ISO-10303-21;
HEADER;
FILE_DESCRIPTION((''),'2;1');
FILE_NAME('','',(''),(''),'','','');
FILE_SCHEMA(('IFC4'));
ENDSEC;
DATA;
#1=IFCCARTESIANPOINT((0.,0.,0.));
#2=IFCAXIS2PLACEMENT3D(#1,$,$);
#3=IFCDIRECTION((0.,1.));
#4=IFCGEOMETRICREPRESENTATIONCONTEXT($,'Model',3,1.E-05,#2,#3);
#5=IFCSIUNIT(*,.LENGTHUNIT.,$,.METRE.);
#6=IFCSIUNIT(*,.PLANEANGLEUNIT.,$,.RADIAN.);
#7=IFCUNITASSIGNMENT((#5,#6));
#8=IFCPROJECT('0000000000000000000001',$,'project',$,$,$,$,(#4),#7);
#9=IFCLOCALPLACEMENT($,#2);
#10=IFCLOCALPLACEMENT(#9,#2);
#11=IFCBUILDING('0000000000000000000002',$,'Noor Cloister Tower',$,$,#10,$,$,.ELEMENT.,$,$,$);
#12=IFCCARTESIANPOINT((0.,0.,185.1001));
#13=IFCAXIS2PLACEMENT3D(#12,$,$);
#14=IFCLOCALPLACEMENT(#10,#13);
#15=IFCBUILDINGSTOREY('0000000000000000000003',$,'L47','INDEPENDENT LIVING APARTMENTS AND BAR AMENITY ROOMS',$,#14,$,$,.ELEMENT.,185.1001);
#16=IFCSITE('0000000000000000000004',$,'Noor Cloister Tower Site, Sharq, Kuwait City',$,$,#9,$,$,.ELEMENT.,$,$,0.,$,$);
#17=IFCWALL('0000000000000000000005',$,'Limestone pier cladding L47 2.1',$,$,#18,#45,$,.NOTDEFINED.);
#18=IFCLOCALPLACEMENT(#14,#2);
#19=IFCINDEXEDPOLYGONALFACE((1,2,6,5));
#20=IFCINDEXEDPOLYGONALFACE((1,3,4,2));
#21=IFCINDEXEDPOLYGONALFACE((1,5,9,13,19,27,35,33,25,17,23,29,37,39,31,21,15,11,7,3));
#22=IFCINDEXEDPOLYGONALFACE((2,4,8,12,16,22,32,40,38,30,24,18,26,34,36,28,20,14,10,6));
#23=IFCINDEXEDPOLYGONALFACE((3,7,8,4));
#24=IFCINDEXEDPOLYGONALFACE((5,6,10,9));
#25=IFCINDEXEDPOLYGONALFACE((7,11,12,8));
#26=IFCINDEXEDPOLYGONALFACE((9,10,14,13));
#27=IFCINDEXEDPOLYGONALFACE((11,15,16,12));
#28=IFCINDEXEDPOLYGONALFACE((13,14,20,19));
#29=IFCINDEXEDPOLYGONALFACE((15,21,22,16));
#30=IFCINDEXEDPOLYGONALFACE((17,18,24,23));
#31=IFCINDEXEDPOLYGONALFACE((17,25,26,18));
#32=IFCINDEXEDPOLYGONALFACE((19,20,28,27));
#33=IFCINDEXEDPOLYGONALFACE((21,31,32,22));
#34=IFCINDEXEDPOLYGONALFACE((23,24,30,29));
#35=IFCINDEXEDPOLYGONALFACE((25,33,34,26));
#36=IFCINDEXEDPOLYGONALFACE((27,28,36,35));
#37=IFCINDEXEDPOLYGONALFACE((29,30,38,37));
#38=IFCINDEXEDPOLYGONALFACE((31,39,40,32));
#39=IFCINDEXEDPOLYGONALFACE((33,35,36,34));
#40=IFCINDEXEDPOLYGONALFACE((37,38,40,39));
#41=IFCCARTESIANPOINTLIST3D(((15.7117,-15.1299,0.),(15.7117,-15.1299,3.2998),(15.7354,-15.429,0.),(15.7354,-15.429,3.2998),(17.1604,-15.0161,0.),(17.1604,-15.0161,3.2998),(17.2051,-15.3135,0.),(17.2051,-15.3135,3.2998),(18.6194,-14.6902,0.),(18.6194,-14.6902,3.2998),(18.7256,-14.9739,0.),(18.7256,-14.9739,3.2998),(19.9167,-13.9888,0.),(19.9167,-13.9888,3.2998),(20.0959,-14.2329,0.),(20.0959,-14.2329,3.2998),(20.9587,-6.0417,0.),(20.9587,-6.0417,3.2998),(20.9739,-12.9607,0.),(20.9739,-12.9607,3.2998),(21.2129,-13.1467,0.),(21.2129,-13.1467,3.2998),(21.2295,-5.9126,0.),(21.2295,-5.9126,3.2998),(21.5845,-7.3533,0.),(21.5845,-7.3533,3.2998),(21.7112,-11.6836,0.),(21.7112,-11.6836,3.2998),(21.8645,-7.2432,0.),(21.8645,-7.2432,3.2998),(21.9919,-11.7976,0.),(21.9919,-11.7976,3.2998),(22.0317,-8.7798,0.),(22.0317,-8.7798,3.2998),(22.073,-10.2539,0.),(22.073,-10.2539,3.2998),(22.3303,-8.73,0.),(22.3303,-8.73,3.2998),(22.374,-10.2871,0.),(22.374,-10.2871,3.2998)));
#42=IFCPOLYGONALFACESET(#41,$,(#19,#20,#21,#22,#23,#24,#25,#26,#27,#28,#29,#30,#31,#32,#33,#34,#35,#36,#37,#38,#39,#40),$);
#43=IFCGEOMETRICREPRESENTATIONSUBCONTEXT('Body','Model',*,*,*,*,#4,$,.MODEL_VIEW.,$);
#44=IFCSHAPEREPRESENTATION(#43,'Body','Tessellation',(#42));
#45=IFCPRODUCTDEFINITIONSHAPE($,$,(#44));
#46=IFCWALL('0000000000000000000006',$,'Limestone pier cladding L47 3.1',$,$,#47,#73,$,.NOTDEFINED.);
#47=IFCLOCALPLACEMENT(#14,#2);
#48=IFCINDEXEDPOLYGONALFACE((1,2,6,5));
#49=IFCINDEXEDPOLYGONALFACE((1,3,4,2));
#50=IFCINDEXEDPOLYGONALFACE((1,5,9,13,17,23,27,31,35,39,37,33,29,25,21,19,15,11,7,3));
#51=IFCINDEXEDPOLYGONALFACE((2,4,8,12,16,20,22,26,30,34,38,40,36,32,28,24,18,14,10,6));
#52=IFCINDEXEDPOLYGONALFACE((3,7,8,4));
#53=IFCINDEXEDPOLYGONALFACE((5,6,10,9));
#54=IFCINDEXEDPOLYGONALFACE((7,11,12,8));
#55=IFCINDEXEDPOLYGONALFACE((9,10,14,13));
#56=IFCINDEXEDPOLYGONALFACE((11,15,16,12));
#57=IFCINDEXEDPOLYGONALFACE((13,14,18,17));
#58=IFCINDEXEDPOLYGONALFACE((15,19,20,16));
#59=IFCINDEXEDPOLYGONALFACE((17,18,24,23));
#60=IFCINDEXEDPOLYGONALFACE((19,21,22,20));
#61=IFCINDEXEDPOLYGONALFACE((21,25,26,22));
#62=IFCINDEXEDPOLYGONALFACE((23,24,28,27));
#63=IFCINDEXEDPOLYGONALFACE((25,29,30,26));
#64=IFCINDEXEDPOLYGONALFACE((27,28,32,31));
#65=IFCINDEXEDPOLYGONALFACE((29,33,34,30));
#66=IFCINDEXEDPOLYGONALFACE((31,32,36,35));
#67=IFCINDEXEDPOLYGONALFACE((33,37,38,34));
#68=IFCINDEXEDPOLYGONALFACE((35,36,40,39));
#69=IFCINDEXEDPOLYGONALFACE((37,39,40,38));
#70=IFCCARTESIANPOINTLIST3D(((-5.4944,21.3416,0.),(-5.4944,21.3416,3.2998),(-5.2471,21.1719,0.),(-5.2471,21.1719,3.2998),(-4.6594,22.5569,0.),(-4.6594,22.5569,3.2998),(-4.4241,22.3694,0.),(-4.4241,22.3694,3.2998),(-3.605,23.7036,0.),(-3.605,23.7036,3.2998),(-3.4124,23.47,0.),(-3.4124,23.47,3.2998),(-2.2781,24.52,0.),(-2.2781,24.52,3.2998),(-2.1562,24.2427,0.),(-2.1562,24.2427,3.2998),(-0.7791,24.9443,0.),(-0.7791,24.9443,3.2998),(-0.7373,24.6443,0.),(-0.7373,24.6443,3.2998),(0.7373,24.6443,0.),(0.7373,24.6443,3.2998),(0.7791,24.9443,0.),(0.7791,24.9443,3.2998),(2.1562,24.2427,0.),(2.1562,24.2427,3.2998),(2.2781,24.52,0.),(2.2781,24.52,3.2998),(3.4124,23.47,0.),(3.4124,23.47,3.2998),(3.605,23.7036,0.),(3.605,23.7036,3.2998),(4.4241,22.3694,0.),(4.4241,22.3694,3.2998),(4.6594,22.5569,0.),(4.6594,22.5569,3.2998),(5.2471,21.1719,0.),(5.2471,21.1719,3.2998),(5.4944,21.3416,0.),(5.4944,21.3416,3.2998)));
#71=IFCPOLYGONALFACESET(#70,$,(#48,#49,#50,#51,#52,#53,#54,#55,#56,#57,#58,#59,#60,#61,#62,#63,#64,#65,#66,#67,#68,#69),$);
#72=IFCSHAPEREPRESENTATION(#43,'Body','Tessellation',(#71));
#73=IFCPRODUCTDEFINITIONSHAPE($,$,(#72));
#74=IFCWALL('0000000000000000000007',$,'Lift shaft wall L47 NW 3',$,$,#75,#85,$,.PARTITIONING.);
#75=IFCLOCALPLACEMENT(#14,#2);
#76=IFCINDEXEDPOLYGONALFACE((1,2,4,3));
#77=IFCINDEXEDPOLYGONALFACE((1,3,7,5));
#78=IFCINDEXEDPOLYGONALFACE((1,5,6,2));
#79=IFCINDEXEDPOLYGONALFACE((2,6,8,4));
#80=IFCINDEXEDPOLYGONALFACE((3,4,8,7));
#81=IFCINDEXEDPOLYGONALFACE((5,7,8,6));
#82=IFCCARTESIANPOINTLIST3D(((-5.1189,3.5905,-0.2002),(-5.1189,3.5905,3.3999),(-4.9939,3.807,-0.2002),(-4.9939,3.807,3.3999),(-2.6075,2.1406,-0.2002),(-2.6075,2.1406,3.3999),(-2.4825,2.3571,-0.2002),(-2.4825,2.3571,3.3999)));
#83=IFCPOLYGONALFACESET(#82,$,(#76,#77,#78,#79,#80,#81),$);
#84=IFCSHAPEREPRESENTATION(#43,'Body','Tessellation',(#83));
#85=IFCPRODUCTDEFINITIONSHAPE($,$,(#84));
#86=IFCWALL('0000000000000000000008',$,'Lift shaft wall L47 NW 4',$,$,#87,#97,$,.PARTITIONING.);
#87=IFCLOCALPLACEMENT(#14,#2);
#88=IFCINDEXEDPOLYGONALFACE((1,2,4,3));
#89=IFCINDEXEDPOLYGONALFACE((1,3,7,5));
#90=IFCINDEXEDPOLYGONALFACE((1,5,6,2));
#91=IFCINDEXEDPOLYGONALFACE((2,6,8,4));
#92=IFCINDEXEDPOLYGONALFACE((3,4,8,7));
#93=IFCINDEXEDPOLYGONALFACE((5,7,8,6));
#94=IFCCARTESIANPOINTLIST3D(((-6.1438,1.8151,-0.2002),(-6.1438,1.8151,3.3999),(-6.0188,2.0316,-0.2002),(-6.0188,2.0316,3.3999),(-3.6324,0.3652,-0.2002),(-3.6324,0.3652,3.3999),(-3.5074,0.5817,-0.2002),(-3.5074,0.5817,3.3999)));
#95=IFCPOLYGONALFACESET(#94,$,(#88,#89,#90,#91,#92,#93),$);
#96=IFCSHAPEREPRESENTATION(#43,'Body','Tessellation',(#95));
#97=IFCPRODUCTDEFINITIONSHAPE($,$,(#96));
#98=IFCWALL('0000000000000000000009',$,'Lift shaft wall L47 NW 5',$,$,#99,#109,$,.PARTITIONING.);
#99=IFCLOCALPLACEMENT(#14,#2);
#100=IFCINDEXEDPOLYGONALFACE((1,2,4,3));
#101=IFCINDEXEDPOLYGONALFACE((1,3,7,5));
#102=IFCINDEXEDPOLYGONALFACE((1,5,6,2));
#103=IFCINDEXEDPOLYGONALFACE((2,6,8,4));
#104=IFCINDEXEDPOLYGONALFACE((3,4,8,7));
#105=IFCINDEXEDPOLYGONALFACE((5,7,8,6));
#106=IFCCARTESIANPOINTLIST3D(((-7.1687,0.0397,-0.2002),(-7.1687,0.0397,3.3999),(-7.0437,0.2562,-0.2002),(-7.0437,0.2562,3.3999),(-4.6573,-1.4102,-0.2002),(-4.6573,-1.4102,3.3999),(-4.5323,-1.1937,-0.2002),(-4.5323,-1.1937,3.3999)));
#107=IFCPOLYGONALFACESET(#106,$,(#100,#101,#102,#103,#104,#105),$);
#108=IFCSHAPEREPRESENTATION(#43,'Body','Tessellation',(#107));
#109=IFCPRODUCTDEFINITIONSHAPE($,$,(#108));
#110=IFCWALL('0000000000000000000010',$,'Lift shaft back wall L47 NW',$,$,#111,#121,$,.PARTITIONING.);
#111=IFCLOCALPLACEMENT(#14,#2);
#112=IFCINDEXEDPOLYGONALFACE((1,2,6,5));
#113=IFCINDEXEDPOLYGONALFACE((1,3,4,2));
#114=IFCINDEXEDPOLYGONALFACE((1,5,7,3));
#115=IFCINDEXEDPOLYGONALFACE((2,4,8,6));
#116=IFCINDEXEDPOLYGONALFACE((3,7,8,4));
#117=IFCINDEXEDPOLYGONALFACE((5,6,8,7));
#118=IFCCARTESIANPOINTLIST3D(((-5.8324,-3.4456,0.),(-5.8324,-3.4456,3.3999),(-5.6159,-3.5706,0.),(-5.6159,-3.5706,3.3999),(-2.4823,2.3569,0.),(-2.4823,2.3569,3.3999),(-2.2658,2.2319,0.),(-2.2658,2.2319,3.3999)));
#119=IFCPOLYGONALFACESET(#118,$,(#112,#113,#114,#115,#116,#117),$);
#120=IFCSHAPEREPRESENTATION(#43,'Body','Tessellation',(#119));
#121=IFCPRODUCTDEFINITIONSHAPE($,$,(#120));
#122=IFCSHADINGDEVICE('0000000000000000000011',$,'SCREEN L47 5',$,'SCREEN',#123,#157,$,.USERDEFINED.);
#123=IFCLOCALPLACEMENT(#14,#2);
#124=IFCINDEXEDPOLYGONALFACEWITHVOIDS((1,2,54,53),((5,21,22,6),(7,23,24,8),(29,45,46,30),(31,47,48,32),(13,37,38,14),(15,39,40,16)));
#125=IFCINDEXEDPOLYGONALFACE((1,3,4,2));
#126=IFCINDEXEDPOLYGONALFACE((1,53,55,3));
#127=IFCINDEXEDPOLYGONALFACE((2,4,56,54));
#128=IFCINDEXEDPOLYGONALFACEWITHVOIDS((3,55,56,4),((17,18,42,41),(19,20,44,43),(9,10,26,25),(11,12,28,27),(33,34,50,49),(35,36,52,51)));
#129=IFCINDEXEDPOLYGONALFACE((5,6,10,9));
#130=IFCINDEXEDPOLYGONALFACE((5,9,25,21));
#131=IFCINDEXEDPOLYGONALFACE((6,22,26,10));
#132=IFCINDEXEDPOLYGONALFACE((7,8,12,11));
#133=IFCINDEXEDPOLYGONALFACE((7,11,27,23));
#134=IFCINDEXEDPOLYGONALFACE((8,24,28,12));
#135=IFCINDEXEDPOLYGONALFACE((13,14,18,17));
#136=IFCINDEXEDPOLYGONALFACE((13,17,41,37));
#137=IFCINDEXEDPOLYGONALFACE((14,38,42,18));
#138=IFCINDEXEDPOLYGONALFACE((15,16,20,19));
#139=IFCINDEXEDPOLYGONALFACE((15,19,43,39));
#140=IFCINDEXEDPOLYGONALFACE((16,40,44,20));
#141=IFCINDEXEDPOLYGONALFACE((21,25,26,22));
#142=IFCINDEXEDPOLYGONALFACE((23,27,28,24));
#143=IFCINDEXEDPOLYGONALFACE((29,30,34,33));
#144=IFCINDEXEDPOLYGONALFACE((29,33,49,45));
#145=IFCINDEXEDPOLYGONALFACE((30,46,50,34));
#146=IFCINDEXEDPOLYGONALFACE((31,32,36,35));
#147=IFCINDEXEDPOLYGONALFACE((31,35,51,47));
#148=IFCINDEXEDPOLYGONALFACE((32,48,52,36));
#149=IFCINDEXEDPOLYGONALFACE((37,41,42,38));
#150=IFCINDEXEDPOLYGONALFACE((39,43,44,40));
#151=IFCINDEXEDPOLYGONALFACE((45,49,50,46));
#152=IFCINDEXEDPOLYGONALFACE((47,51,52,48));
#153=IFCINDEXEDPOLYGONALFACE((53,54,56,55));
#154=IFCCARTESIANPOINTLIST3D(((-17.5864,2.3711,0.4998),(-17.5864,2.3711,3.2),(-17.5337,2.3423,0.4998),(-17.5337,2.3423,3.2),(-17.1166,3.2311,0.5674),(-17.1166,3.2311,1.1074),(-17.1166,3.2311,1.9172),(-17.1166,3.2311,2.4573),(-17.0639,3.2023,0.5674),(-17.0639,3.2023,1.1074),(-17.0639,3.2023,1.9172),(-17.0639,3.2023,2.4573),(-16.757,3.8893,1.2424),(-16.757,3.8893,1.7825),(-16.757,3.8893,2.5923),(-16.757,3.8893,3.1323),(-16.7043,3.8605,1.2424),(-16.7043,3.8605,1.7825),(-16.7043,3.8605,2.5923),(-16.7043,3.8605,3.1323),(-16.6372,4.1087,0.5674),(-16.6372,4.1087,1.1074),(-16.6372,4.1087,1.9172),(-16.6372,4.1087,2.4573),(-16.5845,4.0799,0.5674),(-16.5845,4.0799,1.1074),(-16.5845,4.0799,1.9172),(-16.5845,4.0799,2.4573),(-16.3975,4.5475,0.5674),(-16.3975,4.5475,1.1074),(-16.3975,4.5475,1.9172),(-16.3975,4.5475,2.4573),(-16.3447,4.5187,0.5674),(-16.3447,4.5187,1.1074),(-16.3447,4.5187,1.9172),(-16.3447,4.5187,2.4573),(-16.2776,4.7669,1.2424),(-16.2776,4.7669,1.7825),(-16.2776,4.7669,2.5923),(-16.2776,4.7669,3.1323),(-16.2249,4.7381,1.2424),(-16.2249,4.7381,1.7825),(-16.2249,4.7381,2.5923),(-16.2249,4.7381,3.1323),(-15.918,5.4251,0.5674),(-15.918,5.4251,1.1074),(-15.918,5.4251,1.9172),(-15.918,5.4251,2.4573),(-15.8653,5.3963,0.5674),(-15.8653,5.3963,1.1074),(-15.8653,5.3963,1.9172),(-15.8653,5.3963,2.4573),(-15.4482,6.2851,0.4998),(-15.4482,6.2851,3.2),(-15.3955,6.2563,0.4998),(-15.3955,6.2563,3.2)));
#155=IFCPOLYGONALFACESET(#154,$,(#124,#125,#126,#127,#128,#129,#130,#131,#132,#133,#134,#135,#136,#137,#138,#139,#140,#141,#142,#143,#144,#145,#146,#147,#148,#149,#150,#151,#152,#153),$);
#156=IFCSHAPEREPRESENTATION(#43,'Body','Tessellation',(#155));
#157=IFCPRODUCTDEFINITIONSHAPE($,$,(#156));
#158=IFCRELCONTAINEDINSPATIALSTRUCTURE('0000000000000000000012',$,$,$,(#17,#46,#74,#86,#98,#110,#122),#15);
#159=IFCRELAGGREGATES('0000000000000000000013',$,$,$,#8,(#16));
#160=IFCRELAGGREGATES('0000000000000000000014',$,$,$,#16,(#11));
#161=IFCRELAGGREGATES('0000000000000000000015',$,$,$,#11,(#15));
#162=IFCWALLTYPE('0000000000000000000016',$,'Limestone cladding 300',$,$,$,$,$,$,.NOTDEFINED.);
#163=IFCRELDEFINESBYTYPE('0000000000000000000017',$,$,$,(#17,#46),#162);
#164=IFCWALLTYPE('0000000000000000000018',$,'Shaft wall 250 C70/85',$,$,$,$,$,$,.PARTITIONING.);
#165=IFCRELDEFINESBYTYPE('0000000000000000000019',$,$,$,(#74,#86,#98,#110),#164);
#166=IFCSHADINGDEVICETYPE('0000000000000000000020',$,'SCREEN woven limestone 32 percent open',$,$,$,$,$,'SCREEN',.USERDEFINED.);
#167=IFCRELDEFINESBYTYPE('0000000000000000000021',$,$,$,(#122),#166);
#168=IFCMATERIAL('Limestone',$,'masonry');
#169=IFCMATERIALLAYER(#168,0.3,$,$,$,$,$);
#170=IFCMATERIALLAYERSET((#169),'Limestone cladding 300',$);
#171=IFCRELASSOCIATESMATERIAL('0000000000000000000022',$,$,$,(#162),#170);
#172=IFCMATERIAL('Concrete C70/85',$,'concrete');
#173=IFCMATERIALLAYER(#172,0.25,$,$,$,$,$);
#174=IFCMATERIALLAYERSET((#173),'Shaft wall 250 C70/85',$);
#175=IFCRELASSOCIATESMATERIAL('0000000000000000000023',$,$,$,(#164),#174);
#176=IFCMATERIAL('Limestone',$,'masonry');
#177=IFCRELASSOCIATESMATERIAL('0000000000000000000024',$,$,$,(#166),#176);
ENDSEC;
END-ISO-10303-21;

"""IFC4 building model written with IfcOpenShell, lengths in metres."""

from ifc_helpers import new_model, si_unit, direction, frame, frame_2d, origin, place, context, subcontext, project, spatial, polyline, rectangle, outline, extrude, material, layer, layer_set, material_profile, profile_set, type_object, element, save


model = new_model("IFC4")

# Units and contexts
model_context = context("Model", 3, precision=1e-05, world=origin(), true_north=direction((0.0, 1.0)))
body_context = subcontext(model_context, "Body", "Model", "MODEL_VIEW")
ifc_project = project(units=[si_unit("LENGTHUNIT", "METRE"), si_unit("PLANEANGLEUNIT", "RADIAN")], contexts=[model_context])

# Site, building, storey
site_placement = place(None, origin())
site = spatial("IfcSite", under=ifc_project, at=site_placement, Name="Noor Cloister Tower Site, Sharq, Kuwait City", CompositionType="ELEMENT", RefElevation=0.0)
building_placement = place(site_placement, origin())
building = spatial("IfcBuilding", under=site, at=building_placement, Name="Noor Cloister Tower", CompositionType="ELEMENT")
storey_placement = place(building_placement, frame((0.0, 0.0, 185.1001)))
storey = spatial("IfcBuildingStorey", under=building, at=storey_placement, Name="L47", Description="INDEPENDENT LIVING APARTMENTS AND BAR AMENITY ROOMS", CompositionType="ELEMENT", Elevation=185.1001)

# Walls
ifc_material_1 = material(Name="Limestone", Category="masonry")
ifc_layer_1 = layer(ifc_material_1, 0.3)
ifc_layer_set_1 = layer_set([ifc_layer_1], Name="Limestone cladding 300")
wall_type_1 = type_object("IfcWallType", Name="Limestone cladding 300", PredefinedType="NOTDEFINED", material=ifc_layer_set_1)
wall_1_placement = place(storey_placement, origin())
element("IfcWall", 1, at=wall_1_placement, inside=storey, type_object=wall_type_1, Name="Limestone pier cladding L47 2.1", PredefinedType="NOTDEFINED", context=body_context, shape_type="SweptSolid", body=[
    extrude(outline(polyline([(15.7354, -15.429), (17.2051, -15.3135), (18.7256, -14.9739), (20.0959, -14.2329), (21.2129, -13.1467), (21.9919, -11.7976), (22.374, -10.2871), (22.3303, -8.73), (21.8645, -7.2432), (21.2295, -5.9126), (20.9587, -6.0417), (21.5845, -7.3533), (22.0317, -8.7798), (22.073, -10.2539), (21.7112, -11.6836), (20.9739, -12.9607), (19.9167, -13.9888), (18.6194, -14.6902), (17.1604, -15.0161), (15.7117, -15.1299), (15.7354, -15.429)])), origin(), (0.0, 0.0, 1.0), 3.2998),
])
wall_2_placement = place(storey_placement, origin())
element("IfcWall", 2, at=wall_2_placement, inside=storey, type_object=wall_type_1, Name="Limestone pier cladding L47 3.1", PredefinedType="NOTDEFINED", context=body_context, shape_type="SweptSolid", body=[
    extrude(outline(polyline([(5.4944, 21.3416), (4.6594, 22.5569), (3.605, 23.7036), (2.2781, 24.52), (0.7791, 24.9443), (-0.7791, 24.9443), (-2.2781, 24.52), (-3.605, 23.7036), (-4.6594, 22.5569), (-5.4944, 21.3416), (-5.2471, 21.1719), (-4.4241, 22.3694), (-3.4124, 23.47), (-2.1562, 24.2427), (-0.7373, 24.6443), (0.7373, 24.6443), (2.1562, 24.2427), (3.4124, 23.47), (4.4241, 22.3694), (5.2471, 21.1719), (5.4944, 21.3416)])), origin(), (0.0, 0.0, 1.0), 3.2998),
])
ifc_material_2 = material(Name="Concrete C70/85", Category="concrete")
ifc_layer_2 = layer(ifc_material_2, 0.25)
ifc_layer_set_2 = layer_set([ifc_layer_2], Name="Shaft wall 250 C70/85")
wall_type_2 = type_object("IfcWallType", Name="Shaft wall 250 C70/85", PredefinedType="PARTITIONING", material=ifc_layer_set_2)
for number, where, z_axis, x_axis, name in (
    (3, (-5.0564, 3.6987, -0.2002), (0.0, 0.0, 1.0), (0.866033, -0.499987, 0.0), "Lift shaft wall L47 NW 3"),
    (4, (-6.0813, 1.9233, -0.2002), (0.0, 0.0, 1.0), (0.866033, -0.499987, 0.0), "Lift shaft wall L47 NW 4"),
    (5, (-7.1062, 0.1479, -0.2002), (0.0, 0.0, 1.0), (0.866033, -0.499987, 0.0), "Lift shaft wall L47 NW 5"),
):
    element("IfcWall", number, at=place(storey_placement, frame(where, z_axis=z_axis, x_axis=x_axis)), inside=storey, type_object=wall_type_2, Name=name, PredefinedType="PARTITIONING", context=body_context, shape_type="SweptSolid", body=[
        extrude(rectangle(XDim=2.8999, YDim=0.25, at=frame_2d((1.45, 0.0))), origin(), (0.0, 0.0, 1.0), 3.6001),
    ])
wall_3_placement = place(storey_placement, frame((-2.374, 2.2944, 0.0), z_axis=(0.0, 0.0, 1.0), x_axis=(-0.500003, -0.866024, 0.0)))
element("IfcWall", 6, at=wall_3_placement, inside=storey, type_object=wall_type_2, Name="Lift shaft back wall L47 NW", PredefinedType="PARTITIONING", context=body_context, shape_type="SweptSolid", body=[
    extrude(rectangle(XDim=6.7002, YDim=0.25, at=frame_2d((3.3501, 0.0))), origin(), (0.0, 0.0, 1.0), 3.3999),
])

# Shading device
ifc_material_3 = material(Name="Limestone", Category="masonry")
ifc_material_profile_1 = material_profile(ifc_material_3, outline(polyline([(-2.23, -1.3501), (2.23, -1.3501), (2.23, 1.3501), (-2.23, 1.3501), (-2.23, -1.3501)]), holes=[polyline([(-1.25, -1.2825), (-0.25, -1.2825), (-0.25, -0.7424), (-1.25, -0.7424), (-1.25, -1.2825)]), polyline([(0.25, -1.2825), (1.25, -1.2825), (1.25, -0.7424), (0.25, -0.7424), (0.25, -1.2825)]), polyline([(-0.5, -0.6074), (0.5, -0.6074), (0.5, -0.0674), (-0.5, -0.0674), (-0.5, -0.6074)]), polyline([(-1.25, 0.0674), (-0.25, 0.0674), (-0.25, 0.6074), (-1.25, 0.6074), (-1.25, 0.0674)]), polyline([(0.25, 0.0674), (1.25, 0.0674), (1.25, 0.6074), (0.25, 0.6074), (0.25, 0.0674)]), polyline([(-0.5, 0.7424), (0.5, 0.7424), (0.5, 1.2825), (-0.5, 1.2825), (-0.5, 0.7424)])]), Name="Woven screen 32 percent open")
ifc_profile_set_1 = profile_set([ifc_material_profile_1], Name="Limestone")
shading_device_type_1 = type_object("IfcShadingDeviceType", Name="SCREEN woven limestone 32 percent open", ElementType="SCREEN", PredefinedType="USERDEFINED", material=ifc_profile_set_1)
for number, where, z_axis, x_axis, name in (
    (7, (-16.4646, 4.2993, 1.8499), (-0.877585, 0.479421, 0.0), (-0.479421, -0.877585, 0.0), "SCREEN L47 5"),
):
    element("IfcShadingDevice", number, at=place(storey_placement, frame(where, z_axis=z_axis, x_axis=x_axis)), inside=storey, type_object=shading_device_type_1, Name=name, ObjectType="SCREEN", PredefinedType="USERDEFINED", context=body_context, shape_type="SweptSolid", body=[
        extrude(outline(polyline([(-2.23, -1.3501), (2.23, -1.3501), (2.23, 1.3501), (-2.23, 1.3501), (-2.23, -1.3501)]), holes=[polyline([(-1.25, -1.2825), (-0.25, -1.2825), (-0.25, -0.7424), (-1.25, -0.7424), (-1.25, -1.2825)]), polyline([(0.25, -1.2825), (1.25, -1.2825), (1.25, -0.7424), (0.25, -0.7424), (0.25, -1.2825)]), polyline([(-0.5, -0.6074), (0.5, -0.6074), (0.5, -0.0674), (-0.5, -0.0674), (-0.5, -0.6074)]), polyline([(-1.25, 0.0674), (-0.25, 0.0674), (-0.25, 0.6074), (-1.25, 0.6074), (-1.25, 0.0674)]), polyline([(0.25, 0.0674), (1.25, 0.0674), (1.25, 0.6074), (0.25, 0.6074), (0.25, 0.0674)]), polyline([(-0.5, 0.7424), (0.5, 0.7424), (0.5, 1.2825), (-0.5, 1.2825), (-0.5, 0.7424)])]), origin(), (0.0, 0.0, 1.0), 0.0601),
    ])

save(model, "model.ifc")
